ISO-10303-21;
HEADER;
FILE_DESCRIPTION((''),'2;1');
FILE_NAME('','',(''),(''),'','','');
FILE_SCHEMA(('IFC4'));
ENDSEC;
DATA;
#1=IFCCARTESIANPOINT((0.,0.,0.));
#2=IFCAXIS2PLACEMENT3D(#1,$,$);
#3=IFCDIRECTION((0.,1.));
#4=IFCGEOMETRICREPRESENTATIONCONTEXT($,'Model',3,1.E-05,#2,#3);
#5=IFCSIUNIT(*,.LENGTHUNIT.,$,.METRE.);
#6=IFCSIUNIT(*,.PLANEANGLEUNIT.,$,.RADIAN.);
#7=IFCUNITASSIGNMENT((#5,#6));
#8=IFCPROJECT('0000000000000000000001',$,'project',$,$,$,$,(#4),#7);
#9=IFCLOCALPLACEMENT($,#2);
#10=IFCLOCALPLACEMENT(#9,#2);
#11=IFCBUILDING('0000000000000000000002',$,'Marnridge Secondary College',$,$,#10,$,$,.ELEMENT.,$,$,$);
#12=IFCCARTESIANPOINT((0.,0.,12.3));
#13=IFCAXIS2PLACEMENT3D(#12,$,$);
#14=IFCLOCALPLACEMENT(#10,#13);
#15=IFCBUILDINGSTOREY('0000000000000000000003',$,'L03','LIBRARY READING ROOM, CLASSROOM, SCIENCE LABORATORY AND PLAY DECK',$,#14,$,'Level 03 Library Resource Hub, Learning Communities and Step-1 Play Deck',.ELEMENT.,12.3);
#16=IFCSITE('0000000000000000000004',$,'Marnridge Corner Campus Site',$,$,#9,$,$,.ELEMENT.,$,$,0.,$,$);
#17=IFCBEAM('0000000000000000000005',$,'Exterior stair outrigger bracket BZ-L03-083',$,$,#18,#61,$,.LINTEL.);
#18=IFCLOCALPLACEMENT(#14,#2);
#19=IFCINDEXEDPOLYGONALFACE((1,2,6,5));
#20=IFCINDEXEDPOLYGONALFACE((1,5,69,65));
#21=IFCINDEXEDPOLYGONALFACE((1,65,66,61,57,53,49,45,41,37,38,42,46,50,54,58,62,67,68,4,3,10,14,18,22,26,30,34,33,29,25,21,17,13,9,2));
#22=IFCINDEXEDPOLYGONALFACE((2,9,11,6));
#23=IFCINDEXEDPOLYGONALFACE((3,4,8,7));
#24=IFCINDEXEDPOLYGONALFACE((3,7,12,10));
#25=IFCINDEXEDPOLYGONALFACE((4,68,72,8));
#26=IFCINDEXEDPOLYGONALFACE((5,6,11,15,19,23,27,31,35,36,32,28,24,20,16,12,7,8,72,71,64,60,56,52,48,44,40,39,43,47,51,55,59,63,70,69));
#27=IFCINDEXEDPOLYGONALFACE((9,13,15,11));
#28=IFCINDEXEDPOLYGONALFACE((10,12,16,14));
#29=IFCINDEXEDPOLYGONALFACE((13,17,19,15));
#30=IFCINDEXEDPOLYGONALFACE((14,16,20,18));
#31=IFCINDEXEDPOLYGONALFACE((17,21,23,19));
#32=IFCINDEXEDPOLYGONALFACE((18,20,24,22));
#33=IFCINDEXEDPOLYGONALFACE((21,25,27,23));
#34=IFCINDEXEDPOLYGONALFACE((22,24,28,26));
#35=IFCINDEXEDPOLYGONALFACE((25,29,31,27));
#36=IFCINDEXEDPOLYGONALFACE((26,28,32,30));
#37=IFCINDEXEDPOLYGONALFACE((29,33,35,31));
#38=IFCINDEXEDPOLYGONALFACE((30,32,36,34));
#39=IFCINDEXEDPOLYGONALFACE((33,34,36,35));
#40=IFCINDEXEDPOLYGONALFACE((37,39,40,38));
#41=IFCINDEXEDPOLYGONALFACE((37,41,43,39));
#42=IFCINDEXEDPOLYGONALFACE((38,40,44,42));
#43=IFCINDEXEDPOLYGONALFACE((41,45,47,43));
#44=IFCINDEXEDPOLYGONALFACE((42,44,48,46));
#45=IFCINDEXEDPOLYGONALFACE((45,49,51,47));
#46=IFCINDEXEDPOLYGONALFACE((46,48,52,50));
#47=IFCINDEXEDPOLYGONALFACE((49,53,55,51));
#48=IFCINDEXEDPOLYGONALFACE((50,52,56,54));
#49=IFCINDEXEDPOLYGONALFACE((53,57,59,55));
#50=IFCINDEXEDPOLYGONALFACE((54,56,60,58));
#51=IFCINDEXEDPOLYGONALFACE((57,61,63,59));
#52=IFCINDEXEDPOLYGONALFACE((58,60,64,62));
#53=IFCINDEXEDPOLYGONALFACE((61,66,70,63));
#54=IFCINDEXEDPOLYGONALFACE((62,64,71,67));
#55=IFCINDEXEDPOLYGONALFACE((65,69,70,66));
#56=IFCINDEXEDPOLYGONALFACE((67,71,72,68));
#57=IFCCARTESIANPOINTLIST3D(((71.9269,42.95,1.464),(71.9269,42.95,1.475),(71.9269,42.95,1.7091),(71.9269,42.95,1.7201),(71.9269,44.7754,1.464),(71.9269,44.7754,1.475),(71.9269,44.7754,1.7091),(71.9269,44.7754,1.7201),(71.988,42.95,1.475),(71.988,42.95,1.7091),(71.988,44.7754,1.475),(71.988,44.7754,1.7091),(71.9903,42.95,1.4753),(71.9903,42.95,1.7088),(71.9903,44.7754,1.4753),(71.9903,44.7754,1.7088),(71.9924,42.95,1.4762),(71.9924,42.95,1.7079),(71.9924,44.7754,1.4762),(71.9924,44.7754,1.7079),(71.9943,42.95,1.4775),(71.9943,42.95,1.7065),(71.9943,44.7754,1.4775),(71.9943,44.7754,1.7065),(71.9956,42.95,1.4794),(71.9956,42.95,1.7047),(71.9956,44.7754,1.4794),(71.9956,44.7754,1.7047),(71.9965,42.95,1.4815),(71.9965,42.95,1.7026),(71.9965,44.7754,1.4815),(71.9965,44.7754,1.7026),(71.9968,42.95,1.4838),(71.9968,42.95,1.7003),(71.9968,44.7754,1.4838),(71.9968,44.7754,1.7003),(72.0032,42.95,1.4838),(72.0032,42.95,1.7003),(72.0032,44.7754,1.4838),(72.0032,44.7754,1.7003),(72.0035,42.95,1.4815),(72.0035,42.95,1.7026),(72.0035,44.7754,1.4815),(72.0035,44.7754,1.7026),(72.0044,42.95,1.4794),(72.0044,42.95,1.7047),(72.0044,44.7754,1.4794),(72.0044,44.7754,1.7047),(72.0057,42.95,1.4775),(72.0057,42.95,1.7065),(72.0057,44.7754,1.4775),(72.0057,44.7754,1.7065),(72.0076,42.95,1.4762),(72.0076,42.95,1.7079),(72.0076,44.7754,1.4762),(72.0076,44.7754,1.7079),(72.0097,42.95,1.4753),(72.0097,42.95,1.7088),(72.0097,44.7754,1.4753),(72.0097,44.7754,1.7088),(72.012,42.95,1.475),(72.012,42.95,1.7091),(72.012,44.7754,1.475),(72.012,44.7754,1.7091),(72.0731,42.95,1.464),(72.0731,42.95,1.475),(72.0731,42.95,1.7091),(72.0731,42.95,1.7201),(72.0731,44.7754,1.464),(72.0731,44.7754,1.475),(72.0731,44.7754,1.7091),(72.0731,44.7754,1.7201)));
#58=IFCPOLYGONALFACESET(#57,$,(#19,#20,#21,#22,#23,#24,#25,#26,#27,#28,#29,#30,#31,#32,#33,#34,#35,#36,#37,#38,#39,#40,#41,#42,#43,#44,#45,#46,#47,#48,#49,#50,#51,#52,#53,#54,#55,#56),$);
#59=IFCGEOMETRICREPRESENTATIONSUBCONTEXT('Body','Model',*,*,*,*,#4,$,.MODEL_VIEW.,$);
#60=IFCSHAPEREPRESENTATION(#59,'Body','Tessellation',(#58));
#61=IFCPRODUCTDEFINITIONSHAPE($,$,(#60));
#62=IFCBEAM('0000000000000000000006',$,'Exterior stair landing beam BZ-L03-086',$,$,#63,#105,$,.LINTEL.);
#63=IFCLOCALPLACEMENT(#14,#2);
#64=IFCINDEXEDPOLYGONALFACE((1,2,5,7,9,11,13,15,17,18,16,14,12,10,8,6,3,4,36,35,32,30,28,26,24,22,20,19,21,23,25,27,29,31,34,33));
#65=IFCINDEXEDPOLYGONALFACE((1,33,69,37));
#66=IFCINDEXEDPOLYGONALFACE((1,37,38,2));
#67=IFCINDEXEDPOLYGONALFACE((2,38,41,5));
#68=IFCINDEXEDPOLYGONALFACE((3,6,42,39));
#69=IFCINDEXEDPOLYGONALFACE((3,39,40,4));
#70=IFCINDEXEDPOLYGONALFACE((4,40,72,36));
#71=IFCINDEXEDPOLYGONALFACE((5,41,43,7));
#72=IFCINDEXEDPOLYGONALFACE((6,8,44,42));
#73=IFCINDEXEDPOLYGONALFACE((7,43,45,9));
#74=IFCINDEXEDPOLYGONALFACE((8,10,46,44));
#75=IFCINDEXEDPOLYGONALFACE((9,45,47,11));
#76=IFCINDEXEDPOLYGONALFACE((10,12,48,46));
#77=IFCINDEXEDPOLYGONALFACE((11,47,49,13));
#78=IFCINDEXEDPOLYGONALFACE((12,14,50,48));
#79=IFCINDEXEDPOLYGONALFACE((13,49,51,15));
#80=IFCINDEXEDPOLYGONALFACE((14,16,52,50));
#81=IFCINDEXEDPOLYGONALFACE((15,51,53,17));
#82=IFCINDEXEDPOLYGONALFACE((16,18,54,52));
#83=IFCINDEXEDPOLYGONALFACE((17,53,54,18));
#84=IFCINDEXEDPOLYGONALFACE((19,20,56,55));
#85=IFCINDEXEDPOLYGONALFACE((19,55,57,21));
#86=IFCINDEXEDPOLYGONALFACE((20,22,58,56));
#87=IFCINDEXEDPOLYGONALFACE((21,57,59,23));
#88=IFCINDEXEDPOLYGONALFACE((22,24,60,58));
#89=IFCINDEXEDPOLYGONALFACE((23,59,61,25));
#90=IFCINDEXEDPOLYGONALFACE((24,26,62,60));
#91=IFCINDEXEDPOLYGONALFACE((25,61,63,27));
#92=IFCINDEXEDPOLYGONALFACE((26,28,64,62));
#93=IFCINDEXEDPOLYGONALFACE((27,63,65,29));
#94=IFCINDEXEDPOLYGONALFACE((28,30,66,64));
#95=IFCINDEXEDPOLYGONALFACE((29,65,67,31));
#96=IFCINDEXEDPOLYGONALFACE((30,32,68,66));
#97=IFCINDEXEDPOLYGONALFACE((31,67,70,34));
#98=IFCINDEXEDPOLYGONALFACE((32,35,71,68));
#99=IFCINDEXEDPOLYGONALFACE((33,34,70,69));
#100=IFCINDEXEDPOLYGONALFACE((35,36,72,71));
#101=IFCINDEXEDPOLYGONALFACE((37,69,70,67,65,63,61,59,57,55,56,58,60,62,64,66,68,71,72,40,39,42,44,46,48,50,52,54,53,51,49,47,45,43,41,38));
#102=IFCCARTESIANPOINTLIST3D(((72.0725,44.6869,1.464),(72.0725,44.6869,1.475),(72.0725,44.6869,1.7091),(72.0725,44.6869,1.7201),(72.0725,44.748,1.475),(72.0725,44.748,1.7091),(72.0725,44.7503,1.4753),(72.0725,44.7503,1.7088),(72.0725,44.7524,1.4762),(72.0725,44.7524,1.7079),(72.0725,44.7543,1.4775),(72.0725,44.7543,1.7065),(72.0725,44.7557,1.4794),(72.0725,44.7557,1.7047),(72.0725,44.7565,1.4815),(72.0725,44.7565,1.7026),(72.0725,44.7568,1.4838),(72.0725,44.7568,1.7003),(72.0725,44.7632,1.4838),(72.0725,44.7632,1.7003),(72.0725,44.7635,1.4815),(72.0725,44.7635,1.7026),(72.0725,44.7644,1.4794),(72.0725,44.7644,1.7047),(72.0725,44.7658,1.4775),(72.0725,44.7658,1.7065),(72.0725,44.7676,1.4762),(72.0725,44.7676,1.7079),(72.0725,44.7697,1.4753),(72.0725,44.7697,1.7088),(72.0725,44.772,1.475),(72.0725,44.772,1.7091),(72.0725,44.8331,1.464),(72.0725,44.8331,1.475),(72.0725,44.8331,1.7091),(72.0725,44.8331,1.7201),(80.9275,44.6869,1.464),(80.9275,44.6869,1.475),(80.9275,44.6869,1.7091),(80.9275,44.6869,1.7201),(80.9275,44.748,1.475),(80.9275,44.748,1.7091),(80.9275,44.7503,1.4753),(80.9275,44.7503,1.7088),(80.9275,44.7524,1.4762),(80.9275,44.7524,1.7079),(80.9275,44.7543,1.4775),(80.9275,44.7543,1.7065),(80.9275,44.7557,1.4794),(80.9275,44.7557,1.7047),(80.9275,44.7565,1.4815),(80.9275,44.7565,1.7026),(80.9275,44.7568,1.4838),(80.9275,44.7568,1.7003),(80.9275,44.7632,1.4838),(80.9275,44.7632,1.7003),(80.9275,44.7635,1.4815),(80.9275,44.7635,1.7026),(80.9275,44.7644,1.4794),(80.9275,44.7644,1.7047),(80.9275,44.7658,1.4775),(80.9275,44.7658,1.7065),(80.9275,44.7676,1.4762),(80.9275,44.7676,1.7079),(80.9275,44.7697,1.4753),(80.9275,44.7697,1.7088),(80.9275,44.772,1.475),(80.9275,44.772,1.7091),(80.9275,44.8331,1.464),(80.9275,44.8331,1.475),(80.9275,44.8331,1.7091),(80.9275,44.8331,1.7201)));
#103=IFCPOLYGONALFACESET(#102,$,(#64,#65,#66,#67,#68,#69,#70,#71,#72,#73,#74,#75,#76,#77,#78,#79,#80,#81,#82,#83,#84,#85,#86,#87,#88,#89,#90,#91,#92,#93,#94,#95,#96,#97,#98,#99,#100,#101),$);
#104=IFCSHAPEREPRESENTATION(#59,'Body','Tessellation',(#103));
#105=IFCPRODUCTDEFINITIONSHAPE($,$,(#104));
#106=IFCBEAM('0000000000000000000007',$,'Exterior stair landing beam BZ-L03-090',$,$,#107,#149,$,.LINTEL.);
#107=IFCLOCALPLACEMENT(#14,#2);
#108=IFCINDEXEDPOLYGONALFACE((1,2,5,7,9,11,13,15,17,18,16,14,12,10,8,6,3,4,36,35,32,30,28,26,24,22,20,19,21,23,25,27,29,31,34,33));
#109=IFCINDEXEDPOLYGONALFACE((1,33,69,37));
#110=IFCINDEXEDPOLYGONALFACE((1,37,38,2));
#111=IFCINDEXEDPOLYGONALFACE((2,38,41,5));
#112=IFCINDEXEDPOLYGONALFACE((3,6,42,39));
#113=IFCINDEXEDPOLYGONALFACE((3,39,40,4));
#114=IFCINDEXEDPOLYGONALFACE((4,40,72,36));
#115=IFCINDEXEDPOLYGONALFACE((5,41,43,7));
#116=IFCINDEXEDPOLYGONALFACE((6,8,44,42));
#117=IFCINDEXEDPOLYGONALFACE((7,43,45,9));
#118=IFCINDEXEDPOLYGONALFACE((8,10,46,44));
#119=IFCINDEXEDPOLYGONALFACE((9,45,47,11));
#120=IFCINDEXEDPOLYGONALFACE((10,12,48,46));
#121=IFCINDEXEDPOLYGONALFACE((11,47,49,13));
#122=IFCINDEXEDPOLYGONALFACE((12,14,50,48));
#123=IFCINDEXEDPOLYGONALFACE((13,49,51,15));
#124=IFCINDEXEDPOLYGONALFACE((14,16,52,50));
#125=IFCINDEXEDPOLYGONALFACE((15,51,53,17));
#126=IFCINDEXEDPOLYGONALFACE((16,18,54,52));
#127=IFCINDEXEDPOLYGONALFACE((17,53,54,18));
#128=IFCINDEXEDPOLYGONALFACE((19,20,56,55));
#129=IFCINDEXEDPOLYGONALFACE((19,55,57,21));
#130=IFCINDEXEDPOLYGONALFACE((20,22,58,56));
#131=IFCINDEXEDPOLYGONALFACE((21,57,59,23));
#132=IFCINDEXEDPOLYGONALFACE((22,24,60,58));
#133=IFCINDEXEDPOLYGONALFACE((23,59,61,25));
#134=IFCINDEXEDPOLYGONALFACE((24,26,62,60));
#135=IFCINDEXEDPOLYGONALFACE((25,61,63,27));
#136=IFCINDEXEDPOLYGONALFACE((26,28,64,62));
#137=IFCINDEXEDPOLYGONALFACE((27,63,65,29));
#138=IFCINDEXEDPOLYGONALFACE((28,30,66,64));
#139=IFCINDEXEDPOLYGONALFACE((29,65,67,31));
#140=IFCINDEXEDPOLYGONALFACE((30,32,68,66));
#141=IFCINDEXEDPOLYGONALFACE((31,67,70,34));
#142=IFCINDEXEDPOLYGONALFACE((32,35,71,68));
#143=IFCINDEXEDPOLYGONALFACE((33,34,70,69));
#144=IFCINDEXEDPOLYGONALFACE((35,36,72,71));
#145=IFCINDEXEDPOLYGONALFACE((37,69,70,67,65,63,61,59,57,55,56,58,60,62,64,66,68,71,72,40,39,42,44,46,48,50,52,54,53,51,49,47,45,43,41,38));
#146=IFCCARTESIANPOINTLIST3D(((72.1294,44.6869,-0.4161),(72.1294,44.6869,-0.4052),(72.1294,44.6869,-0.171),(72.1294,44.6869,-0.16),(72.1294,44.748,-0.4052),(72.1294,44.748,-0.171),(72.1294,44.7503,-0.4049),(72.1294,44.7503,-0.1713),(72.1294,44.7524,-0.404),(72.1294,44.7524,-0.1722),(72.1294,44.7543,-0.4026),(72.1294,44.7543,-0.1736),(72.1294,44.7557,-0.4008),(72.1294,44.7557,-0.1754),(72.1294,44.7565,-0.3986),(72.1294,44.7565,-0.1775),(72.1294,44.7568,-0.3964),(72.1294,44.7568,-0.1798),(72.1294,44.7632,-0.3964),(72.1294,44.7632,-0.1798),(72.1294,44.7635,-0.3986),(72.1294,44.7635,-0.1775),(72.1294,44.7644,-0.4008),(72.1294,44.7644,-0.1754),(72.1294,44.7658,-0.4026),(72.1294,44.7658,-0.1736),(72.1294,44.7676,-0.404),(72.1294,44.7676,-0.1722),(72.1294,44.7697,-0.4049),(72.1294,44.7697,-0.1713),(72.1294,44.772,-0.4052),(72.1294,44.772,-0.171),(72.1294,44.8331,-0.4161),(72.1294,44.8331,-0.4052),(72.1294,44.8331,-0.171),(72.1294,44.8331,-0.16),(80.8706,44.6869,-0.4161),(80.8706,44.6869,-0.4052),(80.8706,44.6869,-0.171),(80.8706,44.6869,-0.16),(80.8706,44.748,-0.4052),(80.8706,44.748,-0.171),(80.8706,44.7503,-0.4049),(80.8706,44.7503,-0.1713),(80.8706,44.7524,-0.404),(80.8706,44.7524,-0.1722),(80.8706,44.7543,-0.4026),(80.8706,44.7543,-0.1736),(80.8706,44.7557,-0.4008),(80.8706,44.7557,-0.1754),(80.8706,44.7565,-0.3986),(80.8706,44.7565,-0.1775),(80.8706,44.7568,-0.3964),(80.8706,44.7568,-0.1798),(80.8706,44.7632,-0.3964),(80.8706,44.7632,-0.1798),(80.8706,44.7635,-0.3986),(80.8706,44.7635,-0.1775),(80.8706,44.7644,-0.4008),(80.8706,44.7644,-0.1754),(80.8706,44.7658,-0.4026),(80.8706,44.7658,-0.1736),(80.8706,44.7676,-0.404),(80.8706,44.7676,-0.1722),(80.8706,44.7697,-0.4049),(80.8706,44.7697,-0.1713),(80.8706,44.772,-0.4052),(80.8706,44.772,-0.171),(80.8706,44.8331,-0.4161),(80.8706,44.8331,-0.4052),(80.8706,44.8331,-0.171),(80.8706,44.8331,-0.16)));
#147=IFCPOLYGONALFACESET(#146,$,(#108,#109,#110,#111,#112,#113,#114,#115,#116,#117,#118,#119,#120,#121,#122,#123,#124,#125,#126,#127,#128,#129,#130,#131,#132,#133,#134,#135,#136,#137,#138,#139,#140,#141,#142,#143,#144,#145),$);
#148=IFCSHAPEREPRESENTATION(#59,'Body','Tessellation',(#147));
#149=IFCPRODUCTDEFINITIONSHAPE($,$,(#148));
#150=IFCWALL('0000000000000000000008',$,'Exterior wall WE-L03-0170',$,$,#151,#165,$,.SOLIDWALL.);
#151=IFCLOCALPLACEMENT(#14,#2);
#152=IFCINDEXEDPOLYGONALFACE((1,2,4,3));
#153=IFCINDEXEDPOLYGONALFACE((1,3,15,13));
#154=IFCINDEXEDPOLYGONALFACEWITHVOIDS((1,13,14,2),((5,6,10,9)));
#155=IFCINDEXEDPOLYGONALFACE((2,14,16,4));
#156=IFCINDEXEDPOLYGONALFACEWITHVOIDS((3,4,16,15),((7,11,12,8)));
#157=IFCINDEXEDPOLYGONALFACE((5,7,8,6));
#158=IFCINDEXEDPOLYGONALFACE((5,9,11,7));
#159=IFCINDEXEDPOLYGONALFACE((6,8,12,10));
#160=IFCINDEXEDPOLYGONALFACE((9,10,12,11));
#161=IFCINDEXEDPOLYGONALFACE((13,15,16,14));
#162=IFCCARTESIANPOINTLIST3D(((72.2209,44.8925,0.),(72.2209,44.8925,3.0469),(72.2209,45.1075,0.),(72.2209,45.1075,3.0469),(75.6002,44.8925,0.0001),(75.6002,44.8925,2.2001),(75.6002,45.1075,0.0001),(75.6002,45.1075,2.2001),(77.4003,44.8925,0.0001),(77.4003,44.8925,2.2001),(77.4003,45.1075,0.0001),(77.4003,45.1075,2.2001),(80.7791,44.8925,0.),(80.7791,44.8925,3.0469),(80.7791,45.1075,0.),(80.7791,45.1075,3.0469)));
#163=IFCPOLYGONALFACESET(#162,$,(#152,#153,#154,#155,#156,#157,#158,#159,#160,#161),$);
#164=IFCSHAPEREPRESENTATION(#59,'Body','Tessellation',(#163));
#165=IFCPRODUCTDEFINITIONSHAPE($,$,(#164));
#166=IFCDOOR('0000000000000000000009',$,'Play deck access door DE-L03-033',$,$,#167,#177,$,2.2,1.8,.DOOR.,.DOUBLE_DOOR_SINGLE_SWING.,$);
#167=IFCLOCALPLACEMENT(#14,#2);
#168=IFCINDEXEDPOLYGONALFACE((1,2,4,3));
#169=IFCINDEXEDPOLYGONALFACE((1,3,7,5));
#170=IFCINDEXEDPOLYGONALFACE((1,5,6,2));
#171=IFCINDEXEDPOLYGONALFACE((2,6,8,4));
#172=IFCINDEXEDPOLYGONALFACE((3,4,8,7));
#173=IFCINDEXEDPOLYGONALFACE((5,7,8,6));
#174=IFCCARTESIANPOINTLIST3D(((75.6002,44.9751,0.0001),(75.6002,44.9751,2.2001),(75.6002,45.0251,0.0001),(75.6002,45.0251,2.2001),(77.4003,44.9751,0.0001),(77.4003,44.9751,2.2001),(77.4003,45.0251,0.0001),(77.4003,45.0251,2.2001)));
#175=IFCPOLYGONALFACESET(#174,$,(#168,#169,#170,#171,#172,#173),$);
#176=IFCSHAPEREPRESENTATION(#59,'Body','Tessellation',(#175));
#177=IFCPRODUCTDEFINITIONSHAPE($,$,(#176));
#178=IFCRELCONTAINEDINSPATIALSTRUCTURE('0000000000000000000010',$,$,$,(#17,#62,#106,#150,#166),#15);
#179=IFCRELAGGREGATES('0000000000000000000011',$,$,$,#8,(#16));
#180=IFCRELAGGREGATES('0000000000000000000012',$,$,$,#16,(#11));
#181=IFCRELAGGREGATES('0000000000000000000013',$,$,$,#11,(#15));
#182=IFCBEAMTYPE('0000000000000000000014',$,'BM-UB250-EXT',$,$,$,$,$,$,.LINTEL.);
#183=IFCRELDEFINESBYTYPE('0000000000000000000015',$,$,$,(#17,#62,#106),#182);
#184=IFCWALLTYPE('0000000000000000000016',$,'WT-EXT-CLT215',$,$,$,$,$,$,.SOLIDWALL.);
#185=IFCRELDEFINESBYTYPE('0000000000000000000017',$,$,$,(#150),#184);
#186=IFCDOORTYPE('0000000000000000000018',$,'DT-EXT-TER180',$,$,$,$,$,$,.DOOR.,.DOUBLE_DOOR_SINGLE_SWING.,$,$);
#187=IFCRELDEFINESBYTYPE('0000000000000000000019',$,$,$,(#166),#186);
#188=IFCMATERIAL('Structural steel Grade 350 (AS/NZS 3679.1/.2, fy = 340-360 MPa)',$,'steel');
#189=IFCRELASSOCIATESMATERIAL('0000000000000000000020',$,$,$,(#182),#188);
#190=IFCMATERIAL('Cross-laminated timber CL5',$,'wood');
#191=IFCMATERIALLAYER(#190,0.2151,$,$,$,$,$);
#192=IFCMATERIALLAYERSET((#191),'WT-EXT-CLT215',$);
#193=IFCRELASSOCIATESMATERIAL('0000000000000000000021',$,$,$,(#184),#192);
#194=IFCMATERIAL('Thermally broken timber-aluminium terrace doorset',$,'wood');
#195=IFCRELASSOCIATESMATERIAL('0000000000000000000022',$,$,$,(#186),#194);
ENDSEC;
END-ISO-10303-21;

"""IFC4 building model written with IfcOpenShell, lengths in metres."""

from ifc_helpers import new_model, si_unit, direction, frame, frame_2d, origin, origin_2d, place, context, subcontext, project, spatial, rectangle, i_section, extrude, material, layer, layer_set, material_profile, profile_set, type_object, element, fill, save


model = new_model("IFC4")

# Units and contexts
model_context = context("Model", 3, precision=1e-05, world=origin(), true_north=direction((0.0, 1.0)))
body_context = subcontext(model_context, "Body", "Model", "MODEL_VIEW")
ifc_project = project(units=[si_unit("LENGTHUNIT", "METRE"), si_unit("PLANEANGLEUNIT", "RADIAN")], contexts=[model_context])

# Site, building, storey
site_placement = place(None, origin())
site = spatial("IfcSite", under=ifc_project, at=site_placement, Name="Marnridge Corner Campus Site", CompositionType="ELEMENT", RefElevation=0.0)
building_placement = place(site_placement, origin())
building = spatial("IfcBuilding", under=site, at=building_placement, Name="Marnridge Secondary College", CompositionType="ELEMENT")
storey_placement = place(building_placement, frame((0.0, 0.0, 12.3)))
storey = spatial("IfcBuildingStorey", under=building, at=storey_placement, Name="L03", Description="LIBRARY READING ROOM, CLASSROOM, SCIENCE LABORATORY AND PLAY DECK", LongName="Level 03 Library Resource Hub, Learning Communities and Step-1 Play Deck", CompositionType="ELEMENT", Elevation=12.3)

# Beams
ifc_material_1 = material(Name="Structural steel Grade 350 (AS/NZS 3679.1/.2, fy = 340-360 MPa)", Category="steel")
ifc_material_profile_1 = material_profile(ifc_material_1, i_section(OverallWidth=0.1462, OverallDepth=0.2561, WebThickness=0.0063, FlangeThickness=0.011, FilletRadius=0.0088, at=origin_2d()), Name="250UB37.3")
ifc_profile_set_1 = profile_set([ifc_material_profile_1], Name="Structural steel Grade 350 (AS/NZS 3679.1/.2, fy = 340-360 MPa)")
beam_type_1 = type_object("IfcBeamType", Name="BM-UB250-EXT", PredefinedType="LINTEL", material=ifc_profile_set_1)
beam_1_placement = place(storey_placement, frame((72.0, 44.7754, 1.592), z_axis=(0.0, -1.0, 0.0), x_axis=(1.0, 0.0, 0.0)))
element("IfcBeam", 1, at=beam_1_placement, inside=storey, type_object=beam_type_1, Name="Exterior stair outrigger bracket BZ-L03-083", PredefinedType="LINTEL", context=body_context, shape_type="SweptSolid", body=[
    extrude(i_section(OverallWidth=0.1462, OverallDepth=0.2561, WebThickness=0.0063, FlangeThickness=0.011, FilletRadius=0.0088, at=origin_2d()), origin(), (0.0, 0.0, 1.0), 1.8254),
])
beam_2_placement = place(storey_placement, frame((72.0725, 44.76, 1.592), z_axis=(1.0, 0.0, 0.0), x_axis=(0.0, 1.0, 0.0)))
element("IfcBeam", 2, at=beam_2_placement, inside=storey, type_object=beam_type_1, Name="Exterior stair landing beam BZ-L03-086", PredefinedType="LINTEL", context=body_context, shape_type="SweptSolid", body=[
    extrude(i_section(OverallWidth=0.1462, OverallDepth=0.2561, WebThickness=0.0063, FlangeThickness=0.011, FilletRadius=0.0088, at=origin_2d()), origin(), (0.0, 0.0, 1.0), 8.855),
])
beam_3_placement = place(storey_placement, frame((72.1294, 44.76, -0.2881), z_axis=(1.0, 0.0, 0.0), x_axis=(0.0, 1.0, 0.0)))
element("IfcBeam", 3, at=beam_3_placement, inside=storey, type_object=beam_type_1, Name="Exterior stair landing beam BZ-L03-090", PredefinedType="LINTEL", context=body_context, shape_type="SweptSolid", body=[
    extrude(i_section(OverallWidth=0.1462, OverallDepth=0.2561, WebThickness=0.0063, FlangeThickness=0.011, FilletRadius=0.0088, at=origin_2d()), origin(), (0.0, 0.0, 1.0), 8.7412),
])

# Wall, opening, door
ifc_material_2 = material(Name="Cross-laminated timber CL5", Category="wood")
ifc_layer_1 = layer(ifc_material_2, 0.2151)
ifc_layer_set_1 = layer_set([ifc_layer_1], Name="WT-EXT-CLT215")
wall_type_1 = type_object("IfcWallType", Name="WT-EXT-CLT215", PredefinedType="SOLIDWALL", material=ifc_layer_set_1)
wall_1_placement = place(storey_placement, frame((80.7791, 45.0, 0.0), z_axis=(0.0, 0.0, 1.0), x_axis=(-1.0, 0.0, 0.0)))
wall_1 = element("IfcWall", 4, at=wall_1_placement, inside=storey, type_object=wall_type_1, Name="Exterior wall WE-L03-0170", PredefinedType="SOLIDWALL", context=body_context, shape_type="SweptSolid", body=[
    extrude(rectangle(XDim=8.5581, YDim=0.2151, at=frame_2d((4.2791, 0.0))), origin(), (0.0, 0.0, 1.0), 3.0469),
])
opening_1_placement = place(wall_1_placement, frame((3.3789, 0.0, 0.0)))
opening_1 = element("IfcOpeningElement", 5, at=opening_1_placement, cuts=wall_1, PredefinedType="OPENING", context=body_context, shape_type="SweptSolid", body=[
    extrude(rectangle(XDim=1.8, YDim=2.2, at=frame_2d((0.8999, 1.1001))), frame((0.0, 0.1174, 0.0), z_axis=(0.0, -1.0, 0.0), x_axis=(1.0, 0.0, 0.0)), (0.0, 0.0, 1.0), 0.2351),
])
ifc_material_3 = material(Name="Thermally broken timber-aluminium terrace doorset", Category="wood")
door_type_1 = type_object("IfcDoorType", Name="DT-EXT-TER180", OperationType="DOUBLE_DOOR_SINGLE_SWING", PredefinedType="DOOR", material=ifc_material_3)
door_1_placement = place(opening_1_placement, origin())
door_1 = element("IfcDoor", 6, at=door_1_placement, inside=storey, type_object=door_type_1, Name="Play deck access door DE-L03-033", OperationType="DOUBLE_DOOR_SINGLE_SWING", OverallHeight=2.2, OverallWidth=1.8, PredefinedType="DOOR", context=body_context, shape_type="SweptSolid", body=[
    extrude(rectangle(XDim=1.8, YDim=2.2, at=frame_2d((0.8999, 1.1001))), frame((0.0, 0.0249, 0.0), z_axis=(0.0, -1.0, 0.0), x_axis=(1.0, 0.0, 0.0)), (0.0, 0.0, 1.0), 0.05),
])
fill(opening_1, door_1)

save(model, "model.ifc")
